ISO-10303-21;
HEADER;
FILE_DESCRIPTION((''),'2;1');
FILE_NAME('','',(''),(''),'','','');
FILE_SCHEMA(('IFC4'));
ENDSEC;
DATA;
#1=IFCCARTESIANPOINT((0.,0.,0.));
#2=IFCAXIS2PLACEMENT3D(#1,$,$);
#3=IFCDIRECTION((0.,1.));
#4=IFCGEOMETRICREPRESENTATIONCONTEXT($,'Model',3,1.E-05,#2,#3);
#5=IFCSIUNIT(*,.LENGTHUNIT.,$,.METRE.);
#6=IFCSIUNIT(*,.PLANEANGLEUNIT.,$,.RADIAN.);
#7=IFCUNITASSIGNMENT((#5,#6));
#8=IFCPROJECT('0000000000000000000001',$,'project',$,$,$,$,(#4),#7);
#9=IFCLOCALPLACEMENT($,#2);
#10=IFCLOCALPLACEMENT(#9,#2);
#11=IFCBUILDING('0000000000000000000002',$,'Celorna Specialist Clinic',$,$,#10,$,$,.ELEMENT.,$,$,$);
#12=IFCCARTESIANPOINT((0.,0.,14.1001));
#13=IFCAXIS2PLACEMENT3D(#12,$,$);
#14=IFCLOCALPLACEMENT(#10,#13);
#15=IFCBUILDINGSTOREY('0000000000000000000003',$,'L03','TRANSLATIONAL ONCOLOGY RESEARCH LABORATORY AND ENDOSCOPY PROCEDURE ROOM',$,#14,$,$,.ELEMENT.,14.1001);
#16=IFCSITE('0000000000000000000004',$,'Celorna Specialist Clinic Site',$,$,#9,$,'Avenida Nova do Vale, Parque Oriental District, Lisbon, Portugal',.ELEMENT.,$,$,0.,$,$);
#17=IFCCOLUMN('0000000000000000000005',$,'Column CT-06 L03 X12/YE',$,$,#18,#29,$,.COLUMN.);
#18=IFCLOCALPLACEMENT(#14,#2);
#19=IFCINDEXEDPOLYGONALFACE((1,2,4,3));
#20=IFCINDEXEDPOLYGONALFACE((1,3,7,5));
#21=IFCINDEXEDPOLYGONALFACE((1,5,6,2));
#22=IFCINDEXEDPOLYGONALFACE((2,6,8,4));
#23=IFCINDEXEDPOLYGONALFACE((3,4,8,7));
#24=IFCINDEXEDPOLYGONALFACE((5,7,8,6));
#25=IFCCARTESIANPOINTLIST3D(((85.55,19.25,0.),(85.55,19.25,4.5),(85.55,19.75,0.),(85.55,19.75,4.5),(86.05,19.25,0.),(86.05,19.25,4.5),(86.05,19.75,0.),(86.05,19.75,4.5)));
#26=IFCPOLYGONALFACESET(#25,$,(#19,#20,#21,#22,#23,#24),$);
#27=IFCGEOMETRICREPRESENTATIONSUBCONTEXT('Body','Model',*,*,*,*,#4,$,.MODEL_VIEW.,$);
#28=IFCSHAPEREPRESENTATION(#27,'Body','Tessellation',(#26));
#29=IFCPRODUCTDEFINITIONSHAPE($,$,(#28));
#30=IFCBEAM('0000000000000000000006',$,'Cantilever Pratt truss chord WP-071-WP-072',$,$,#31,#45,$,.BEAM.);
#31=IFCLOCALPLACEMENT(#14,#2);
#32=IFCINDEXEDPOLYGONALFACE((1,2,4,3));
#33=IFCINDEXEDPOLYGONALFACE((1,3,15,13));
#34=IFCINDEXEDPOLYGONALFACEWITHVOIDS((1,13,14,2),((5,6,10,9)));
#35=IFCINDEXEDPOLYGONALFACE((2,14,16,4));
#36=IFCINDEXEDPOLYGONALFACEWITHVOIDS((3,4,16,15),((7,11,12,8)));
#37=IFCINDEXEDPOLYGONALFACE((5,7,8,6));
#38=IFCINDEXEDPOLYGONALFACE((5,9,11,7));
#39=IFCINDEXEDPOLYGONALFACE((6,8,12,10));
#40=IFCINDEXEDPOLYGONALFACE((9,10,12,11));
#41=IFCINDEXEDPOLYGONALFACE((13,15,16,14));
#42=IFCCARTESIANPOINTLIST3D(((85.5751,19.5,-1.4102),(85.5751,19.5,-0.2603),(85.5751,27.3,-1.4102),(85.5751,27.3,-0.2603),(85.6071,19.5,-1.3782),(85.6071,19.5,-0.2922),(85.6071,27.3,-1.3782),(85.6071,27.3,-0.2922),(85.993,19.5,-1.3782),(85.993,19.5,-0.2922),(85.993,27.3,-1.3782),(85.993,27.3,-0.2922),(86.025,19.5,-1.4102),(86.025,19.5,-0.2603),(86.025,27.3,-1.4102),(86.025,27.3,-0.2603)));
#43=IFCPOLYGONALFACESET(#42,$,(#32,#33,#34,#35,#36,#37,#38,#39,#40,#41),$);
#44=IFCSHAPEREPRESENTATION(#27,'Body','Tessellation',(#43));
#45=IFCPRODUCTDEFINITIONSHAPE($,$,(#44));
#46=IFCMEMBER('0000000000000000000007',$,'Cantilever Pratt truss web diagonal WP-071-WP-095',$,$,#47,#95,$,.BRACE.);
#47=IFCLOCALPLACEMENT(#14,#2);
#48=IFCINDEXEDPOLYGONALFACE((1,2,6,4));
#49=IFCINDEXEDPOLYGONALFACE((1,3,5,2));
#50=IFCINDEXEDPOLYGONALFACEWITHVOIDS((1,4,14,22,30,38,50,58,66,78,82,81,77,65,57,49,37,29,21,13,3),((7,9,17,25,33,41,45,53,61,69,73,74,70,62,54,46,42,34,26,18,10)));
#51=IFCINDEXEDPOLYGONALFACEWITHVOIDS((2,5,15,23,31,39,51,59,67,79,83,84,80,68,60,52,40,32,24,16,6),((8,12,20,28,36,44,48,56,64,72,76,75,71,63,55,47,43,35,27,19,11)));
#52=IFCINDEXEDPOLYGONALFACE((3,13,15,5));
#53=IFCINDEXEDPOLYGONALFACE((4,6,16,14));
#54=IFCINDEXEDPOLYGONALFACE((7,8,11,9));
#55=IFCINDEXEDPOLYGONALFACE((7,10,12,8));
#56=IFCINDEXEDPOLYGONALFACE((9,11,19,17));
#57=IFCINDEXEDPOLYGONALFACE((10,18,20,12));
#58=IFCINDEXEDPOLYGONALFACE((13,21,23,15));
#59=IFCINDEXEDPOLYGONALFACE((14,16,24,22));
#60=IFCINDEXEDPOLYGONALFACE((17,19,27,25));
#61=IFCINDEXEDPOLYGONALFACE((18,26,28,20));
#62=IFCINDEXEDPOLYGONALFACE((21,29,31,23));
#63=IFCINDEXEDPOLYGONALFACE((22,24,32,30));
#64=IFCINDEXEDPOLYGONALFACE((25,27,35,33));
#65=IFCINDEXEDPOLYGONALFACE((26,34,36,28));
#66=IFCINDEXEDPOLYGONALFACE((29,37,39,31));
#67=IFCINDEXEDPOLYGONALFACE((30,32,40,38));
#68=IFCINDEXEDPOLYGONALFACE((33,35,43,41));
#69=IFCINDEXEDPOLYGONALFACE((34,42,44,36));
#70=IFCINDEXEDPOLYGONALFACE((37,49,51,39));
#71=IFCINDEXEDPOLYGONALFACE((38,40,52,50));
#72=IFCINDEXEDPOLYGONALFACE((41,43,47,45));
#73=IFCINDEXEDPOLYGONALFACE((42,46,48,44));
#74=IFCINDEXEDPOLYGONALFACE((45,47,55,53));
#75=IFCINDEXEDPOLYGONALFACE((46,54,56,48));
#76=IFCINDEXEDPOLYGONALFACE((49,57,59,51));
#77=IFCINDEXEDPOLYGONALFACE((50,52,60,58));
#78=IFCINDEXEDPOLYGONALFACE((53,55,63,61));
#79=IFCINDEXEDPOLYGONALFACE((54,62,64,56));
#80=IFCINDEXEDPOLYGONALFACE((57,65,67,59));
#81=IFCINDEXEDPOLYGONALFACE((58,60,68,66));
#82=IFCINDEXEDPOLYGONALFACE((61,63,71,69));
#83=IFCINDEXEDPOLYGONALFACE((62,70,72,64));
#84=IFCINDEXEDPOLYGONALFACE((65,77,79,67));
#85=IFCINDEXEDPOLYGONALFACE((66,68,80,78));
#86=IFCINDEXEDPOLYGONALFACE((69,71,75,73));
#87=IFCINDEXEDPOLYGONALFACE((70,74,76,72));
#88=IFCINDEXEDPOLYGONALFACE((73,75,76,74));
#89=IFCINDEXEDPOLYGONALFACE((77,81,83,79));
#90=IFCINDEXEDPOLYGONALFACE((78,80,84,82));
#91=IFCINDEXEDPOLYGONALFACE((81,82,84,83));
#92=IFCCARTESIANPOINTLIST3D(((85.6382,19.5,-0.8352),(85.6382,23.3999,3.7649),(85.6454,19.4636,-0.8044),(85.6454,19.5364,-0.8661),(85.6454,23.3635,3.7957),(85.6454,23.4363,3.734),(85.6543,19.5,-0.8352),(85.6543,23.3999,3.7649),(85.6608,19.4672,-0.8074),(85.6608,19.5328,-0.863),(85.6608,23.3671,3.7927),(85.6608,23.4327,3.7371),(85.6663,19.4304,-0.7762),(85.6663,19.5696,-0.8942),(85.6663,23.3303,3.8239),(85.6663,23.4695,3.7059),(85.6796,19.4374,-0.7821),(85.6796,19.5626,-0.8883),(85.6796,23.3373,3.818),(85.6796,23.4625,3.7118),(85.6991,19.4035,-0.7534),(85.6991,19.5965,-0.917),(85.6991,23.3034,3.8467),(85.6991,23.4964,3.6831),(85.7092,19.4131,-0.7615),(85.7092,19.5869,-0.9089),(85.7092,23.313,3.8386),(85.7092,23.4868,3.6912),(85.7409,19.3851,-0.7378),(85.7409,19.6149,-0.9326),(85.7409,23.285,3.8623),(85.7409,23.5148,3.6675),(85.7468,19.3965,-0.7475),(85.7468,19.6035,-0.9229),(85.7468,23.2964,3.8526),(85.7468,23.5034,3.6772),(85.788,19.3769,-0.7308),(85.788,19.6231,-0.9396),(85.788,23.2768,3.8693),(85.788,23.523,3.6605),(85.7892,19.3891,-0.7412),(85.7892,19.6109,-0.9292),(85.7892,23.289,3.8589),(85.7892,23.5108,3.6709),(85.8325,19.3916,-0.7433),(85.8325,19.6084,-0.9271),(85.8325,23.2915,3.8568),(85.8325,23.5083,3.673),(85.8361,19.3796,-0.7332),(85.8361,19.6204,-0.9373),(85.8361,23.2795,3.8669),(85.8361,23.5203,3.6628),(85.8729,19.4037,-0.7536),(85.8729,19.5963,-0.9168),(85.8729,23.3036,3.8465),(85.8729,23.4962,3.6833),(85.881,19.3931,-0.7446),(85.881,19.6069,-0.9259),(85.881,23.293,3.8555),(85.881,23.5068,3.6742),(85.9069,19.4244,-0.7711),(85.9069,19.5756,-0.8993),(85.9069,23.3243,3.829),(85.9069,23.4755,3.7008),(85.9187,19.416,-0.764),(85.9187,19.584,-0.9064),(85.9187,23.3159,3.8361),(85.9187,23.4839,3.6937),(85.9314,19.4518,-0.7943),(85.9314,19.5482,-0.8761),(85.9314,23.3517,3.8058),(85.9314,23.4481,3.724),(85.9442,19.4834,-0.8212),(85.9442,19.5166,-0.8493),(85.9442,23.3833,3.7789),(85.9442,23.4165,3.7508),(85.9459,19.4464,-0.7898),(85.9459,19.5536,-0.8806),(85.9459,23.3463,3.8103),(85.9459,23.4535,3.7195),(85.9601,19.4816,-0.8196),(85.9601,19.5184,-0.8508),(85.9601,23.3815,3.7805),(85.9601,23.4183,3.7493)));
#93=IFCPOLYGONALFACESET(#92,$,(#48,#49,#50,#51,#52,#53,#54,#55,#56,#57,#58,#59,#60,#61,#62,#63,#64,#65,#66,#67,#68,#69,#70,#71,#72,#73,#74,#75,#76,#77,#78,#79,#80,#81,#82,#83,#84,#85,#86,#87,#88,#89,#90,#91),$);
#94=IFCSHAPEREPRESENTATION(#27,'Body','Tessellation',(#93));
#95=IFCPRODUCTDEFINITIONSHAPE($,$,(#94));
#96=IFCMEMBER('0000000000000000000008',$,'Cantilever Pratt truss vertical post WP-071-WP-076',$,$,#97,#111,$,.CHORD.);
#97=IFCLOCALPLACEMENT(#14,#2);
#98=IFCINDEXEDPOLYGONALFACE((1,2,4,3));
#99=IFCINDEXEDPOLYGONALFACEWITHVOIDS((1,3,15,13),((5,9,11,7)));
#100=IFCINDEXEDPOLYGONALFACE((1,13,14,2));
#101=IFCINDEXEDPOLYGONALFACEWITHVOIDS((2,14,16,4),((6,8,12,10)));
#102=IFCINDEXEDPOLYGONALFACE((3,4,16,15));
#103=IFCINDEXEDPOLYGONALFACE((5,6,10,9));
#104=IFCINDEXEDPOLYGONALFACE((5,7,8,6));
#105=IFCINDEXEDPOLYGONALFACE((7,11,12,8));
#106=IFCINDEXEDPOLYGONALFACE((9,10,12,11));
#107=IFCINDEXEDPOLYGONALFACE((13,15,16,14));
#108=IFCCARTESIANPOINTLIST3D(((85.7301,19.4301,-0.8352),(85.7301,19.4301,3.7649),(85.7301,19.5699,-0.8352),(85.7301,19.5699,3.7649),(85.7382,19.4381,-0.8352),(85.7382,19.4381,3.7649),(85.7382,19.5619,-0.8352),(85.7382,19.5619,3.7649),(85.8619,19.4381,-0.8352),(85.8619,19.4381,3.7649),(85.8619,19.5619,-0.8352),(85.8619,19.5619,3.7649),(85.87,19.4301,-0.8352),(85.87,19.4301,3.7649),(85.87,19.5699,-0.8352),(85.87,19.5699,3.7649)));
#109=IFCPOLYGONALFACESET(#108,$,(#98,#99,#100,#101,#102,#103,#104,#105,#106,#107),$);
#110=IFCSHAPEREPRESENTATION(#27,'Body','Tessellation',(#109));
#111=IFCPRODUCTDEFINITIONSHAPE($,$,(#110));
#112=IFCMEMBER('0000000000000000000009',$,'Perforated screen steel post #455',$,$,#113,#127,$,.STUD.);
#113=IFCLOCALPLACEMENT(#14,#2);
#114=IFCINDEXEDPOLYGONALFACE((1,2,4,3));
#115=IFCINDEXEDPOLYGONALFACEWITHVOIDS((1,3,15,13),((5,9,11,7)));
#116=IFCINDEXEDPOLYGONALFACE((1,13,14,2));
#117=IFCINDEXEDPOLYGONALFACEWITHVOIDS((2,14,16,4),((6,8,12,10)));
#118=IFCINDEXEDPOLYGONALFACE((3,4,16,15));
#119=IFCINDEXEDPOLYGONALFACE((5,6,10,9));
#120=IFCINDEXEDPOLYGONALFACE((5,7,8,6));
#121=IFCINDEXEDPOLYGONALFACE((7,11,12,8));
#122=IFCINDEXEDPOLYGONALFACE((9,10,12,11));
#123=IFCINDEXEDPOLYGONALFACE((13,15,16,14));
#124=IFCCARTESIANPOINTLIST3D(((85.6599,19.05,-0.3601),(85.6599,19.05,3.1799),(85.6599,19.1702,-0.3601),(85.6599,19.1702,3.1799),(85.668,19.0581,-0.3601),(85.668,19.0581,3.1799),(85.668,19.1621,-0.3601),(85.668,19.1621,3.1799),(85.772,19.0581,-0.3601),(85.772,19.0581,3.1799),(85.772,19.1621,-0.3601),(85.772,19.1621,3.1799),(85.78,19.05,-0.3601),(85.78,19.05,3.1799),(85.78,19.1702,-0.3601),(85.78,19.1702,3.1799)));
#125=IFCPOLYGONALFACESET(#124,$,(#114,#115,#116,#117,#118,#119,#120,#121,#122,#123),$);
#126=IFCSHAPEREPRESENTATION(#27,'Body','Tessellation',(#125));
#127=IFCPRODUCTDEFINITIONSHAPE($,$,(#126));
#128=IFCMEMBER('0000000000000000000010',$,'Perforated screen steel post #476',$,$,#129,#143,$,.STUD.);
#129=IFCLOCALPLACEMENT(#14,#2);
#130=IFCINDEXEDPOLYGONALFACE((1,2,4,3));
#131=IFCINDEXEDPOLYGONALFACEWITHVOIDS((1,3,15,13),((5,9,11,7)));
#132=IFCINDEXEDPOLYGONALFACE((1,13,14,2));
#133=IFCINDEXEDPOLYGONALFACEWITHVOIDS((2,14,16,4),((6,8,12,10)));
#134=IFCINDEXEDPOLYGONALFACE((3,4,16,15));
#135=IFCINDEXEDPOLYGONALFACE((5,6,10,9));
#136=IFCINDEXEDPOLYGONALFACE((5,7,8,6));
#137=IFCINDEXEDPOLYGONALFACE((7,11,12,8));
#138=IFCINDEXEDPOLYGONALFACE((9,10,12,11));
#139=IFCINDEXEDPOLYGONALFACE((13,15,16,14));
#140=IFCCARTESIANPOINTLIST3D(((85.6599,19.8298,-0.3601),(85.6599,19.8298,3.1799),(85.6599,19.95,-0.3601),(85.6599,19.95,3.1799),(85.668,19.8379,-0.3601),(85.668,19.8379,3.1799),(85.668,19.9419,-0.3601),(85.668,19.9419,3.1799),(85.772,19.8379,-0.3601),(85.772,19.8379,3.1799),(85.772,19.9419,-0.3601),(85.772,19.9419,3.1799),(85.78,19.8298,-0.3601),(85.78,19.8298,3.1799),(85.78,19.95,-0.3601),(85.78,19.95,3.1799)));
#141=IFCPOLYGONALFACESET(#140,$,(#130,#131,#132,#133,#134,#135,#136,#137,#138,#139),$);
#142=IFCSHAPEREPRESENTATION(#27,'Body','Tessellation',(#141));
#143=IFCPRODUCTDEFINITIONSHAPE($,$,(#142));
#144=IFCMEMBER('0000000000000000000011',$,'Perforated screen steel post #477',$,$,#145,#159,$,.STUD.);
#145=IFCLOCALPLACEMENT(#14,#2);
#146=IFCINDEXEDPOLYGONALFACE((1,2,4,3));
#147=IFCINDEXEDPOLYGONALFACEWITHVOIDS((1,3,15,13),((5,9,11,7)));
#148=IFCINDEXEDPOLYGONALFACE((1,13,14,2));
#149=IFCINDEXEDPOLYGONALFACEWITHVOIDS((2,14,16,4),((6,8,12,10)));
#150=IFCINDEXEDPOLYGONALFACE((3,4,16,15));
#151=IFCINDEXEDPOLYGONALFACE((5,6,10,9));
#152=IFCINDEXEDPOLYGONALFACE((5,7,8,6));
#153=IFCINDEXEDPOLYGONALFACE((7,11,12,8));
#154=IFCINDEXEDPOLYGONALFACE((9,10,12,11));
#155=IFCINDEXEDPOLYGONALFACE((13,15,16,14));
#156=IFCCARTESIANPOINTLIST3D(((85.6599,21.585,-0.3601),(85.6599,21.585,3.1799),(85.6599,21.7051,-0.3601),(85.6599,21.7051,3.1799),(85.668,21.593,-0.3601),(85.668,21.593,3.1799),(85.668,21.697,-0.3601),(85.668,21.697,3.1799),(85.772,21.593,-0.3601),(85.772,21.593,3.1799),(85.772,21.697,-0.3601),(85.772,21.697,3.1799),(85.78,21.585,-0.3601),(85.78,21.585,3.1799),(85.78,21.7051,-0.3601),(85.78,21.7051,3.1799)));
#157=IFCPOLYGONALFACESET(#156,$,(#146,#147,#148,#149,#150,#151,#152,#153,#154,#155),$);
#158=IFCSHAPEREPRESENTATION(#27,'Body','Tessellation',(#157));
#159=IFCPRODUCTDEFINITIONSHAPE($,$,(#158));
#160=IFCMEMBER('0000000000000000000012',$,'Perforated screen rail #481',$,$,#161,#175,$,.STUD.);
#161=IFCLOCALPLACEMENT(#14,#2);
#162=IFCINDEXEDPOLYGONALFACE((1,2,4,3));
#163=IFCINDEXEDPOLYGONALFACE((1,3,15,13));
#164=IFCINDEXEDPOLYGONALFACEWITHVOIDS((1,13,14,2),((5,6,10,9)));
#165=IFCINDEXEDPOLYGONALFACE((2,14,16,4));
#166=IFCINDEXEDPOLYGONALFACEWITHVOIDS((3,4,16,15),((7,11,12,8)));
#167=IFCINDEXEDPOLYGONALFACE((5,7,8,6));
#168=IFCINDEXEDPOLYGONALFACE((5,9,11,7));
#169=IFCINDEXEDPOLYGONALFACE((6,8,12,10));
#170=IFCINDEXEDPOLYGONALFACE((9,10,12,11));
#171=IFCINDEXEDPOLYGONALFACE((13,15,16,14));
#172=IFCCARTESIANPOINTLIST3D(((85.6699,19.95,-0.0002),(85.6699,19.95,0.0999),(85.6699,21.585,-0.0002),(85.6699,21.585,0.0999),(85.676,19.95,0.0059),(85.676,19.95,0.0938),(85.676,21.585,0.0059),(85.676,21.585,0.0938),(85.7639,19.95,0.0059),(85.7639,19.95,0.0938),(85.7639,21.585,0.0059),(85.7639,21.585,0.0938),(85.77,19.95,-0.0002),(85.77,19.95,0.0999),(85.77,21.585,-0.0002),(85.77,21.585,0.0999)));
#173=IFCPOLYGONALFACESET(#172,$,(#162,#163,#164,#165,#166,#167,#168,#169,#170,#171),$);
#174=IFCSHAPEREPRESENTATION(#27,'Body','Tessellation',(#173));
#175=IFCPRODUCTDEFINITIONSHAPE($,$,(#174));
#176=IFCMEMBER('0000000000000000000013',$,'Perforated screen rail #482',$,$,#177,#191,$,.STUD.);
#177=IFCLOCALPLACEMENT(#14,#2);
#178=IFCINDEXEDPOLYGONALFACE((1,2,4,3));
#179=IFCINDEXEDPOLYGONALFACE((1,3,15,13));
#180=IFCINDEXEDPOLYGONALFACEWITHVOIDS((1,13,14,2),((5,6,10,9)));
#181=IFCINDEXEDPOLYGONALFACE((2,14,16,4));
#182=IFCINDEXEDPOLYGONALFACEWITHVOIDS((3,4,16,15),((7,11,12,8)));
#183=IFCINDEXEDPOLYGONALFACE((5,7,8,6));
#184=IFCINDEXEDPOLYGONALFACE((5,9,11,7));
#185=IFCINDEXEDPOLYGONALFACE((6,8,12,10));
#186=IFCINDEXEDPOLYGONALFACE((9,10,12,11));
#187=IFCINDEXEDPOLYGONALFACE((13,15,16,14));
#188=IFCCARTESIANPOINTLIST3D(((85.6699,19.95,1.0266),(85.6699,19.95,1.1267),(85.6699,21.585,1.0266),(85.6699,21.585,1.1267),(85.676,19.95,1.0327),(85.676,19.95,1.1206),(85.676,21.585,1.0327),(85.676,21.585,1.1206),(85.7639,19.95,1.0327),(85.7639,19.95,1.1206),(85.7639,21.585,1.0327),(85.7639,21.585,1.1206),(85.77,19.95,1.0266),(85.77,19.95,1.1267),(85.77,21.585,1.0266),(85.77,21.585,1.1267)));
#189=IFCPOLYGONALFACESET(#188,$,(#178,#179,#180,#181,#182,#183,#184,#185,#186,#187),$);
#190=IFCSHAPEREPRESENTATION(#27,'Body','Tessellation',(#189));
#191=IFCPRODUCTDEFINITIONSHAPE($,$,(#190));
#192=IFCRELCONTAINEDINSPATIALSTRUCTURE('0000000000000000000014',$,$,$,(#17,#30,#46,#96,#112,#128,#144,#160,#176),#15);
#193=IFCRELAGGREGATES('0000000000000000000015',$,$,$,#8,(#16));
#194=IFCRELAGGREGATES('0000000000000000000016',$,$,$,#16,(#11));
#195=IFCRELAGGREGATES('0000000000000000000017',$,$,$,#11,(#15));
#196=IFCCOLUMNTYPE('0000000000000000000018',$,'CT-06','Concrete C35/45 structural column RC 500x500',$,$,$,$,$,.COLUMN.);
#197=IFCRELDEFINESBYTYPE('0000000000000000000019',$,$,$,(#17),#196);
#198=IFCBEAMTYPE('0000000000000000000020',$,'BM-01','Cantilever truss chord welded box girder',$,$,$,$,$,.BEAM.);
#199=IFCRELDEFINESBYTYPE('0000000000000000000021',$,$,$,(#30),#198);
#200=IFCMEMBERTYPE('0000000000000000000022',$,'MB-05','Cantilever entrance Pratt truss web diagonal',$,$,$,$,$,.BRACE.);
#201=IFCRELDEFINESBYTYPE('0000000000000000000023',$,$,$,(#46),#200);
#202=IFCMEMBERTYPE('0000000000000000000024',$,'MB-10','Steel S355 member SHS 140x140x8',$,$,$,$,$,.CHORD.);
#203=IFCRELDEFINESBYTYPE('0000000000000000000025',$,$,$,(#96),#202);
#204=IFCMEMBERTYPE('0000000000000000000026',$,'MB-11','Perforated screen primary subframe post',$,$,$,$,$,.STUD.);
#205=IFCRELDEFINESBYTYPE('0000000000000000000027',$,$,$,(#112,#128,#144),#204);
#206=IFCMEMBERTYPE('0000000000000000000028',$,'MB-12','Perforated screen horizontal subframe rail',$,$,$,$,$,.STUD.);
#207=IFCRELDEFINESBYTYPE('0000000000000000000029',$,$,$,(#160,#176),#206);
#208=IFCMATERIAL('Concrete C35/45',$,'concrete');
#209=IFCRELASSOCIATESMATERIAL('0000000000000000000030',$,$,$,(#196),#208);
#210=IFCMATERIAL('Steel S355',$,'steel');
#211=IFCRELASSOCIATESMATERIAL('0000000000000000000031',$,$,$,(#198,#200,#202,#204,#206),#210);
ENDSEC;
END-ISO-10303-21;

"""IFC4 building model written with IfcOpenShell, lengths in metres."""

from ifc_helpers import new_model, si_unit, direction, frame, origin, origin_2d, place, context, subcontext, project, spatial, rectangle, hollow_rectangle, hollow_circle, extrude, material, material_profile, profile_set, type_object, element, save


model = new_model("IFC4")

# Units and contexts
model_context = context("Model", 3, precision=1e-05, world=origin(), true_north=direction((0.0, 1.0)))
body_context = subcontext(model_context, "Body", "Model", "MODEL_VIEW")
ifc_project = project(units=[si_unit("LENGTHUNIT", "METRE"), si_unit("PLANEANGLEUNIT", "RADIAN")], contexts=[model_context])

# Site, building, storey
site_placement = place(None, origin())
site = spatial("IfcSite", under=ifc_project, at=site_placement, Name="Celorna Specialist Clinic Site", LongName="Avenida Nova do Vale, Parque Oriental District, Lisbon, Portugal", CompositionType="ELEMENT", RefElevation=0.0)
building_placement = place(site_placement, origin())
building = spatial("IfcBuilding", under=site, at=building_placement, Name="Celorna Specialist Clinic", CompositionType="ELEMENT")
storey_placement = place(building_placement, frame((0.0, 0.0, 14.1001)))
storey = spatial("IfcBuildingStorey", under=building, at=storey_placement, Name="L03", Description="TRANSLATIONAL ONCOLOGY RESEARCH LABORATORY AND ENDOSCOPY PROCEDURE ROOM", CompositionType="ELEMENT", Elevation=14.1001)

# Column
ifc_material_1 = material(Name="Concrete C35/45", Category="concrete")
ifc_material_profile_1 = material_profile(ifc_material_1, rectangle(XDim=0.5, YDim=0.5, at=origin_2d()), Name="RC 500x500")
ifc_profile_set_1 = profile_set([ifc_material_profile_1], Name="Concrete C35/45")
column_type = type_object("IfcColumnType", Name="CT-06", Description="Concrete C35/45 structural column RC 500x500", PredefinedType="COLUMN", material=ifc_profile_set_1)
column_placement = place(storey_placement, frame((85.8, 19.5, 0.0), z_axis=(0.0, 0.0, 1.0), x_axis=(1.0, 0.0, 0.0)))
element("IfcColumn", 1, at=column_placement, inside=storey, type_object=column_type, Name="Column CT-06 L03 X12/YE", PredefinedType="COLUMN", context=body_context, shape_type="SweptSolid", body=[
    extrude(rectangle(XDim=0.5, YDim=0.5, at=origin_2d()), origin(), (0.0, 0.0, 1.0), 4.5),
])

# Beam
ifc_material_2 = material(Name="Steel S355", Category="steel")
ifc_material_profile_2 = material_profile(ifc_material_2, hollow_rectangle(XDim=0.45, YDim=1.1499, WallThickness=0.032, at=origin_2d()), Name="BOX 450x1150x32")
ifc_profile_set_2 = profile_set([ifc_material_profile_2], Name="Steel S355")
beam_type = type_object("IfcBeamType", Name="BM-01", Description="Cantilever truss chord welded box girder", PredefinedType="BEAM", material=ifc_profile_set_2)
beam_placement = place(storey_placement, frame((85.8, 19.5, -0.8352), z_axis=(0.0, 1.0, 0.0), x_axis=(-1.0, 0.0, 0.0)))
element("IfcBeam", 2, at=beam_placement, inside=storey, type_object=beam_type, Name="Cantilever Pratt truss chord WP-071-WP-072", PredefinedType="BEAM", context=body_context, shape_type="SweptSolid", body=[
    extrude(hollow_rectangle(XDim=0.45, YDim=1.1499, WallThickness=0.032, at=origin_2d()), origin(), (0.0, 0.0, 1.0), 7.8),
])

# Members
ifc_material_profile_3 = material_profile(ifc_material_2, hollow_circle(Radius=0.1619, WallThickness=0.0161, at=origin_2d()), Name="CHS 323.9x16")
ifc_profile_set_3 = profile_set([ifc_material_profile_3], Name="Steel S355")
member_type_1 = type_object("IfcMemberType", Name="MB-05", Description="Cantilever entrance Pratt truss web diagonal", PredefinedType="BRACE", material=ifc_profile_set_3)
member_1_placement = place(storey_placement, frame((85.8, 19.5, -0.8352), z_axis=(0.0, 0.646668, 0.762772), x_axis=(-1.0, 0.0, 0.0)))
element("IfcMember", 3, at=member_1_placement, inside=storey, type_object=member_type_1, Name="Cantilever Pratt truss web diagonal WP-071-WP-095", PredefinedType="BRACE", context=body_context, shape_type="SweptSolid", body=[
    extrude(hollow_circle(Radius=0.1619, WallThickness=0.0161, at=origin_2d()), origin(), (0.0, 0.0, 1.0), 6.0308),
])
ifc_material_profile_4 = material_profile(ifc_material_2, hollow_rectangle(XDim=0.1399, YDim=0.1399, WallThickness=0.0081, at=origin_2d()), Name="SHS 140x140x8")
ifc_profile_set_4 = profile_set([ifc_material_profile_4], Name="Steel S355")
member_type_2 = type_object("IfcMemberType", Name="MB-10", Description="Steel S355 member SHS 140x140x8", PredefinedType="CHORD", material=ifc_profile_set_4)
member_2_placement = place(storey_placement, frame((85.8, 19.5, -0.8352), z_axis=(0.0, 0.0, 1.0), x_axis=(1.0, 0.0, 0.0)))
element("IfcMember", 4, at=member_2_placement, inside=storey, type_object=member_type_2, Name="Cantilever Pratt truss vertical post WP-071-WP-076", PredefinedType="CHORD", context=body_context, shape_type="SweptSolid", body=[
    extrude(hollow_rectangle(XDim=0.1399, YDim=0.1399, WallThickness=0.0081, at=origin_2d()), origin(), (0.0, 0.0, 1.0), 4.6001),
])
ifc_material_profile_5 = material_profile(ifc_material_2, hollow_rectangle(XDim=0.1201, YDim=0.1201, WallThickness=0.0081, at=origin_2d()), Name="SHS 120x120x8")
ifc_profile_set_5 = profile_set([ifc_material_profile_5], Name="Steel S355")
member_type_3 = type_object("IfcMemberType", Name="MB-11", Description="Perforated screen primary subframe post", PredefinedType="STUD", material=ifc_profile_set_5)
for number, where, z_axis, x_axis, name in (
    (5, (85.72, 19.1101, -0.3601), (0.0, 0.0, 1.0), (1.0, 0.0, 0.0), "Perforated screen steel post #455"),
    (6, (85.72, 19.8899, -0.3601), (0.0, 0.0, 1.0), (1.0, 0.0, 0.0), "Perforated screen steel post #476"),
    (7, (85.72, 21.645, -0.3601), (0.0, 0.0, 1.0), (1.0, 0.0, 0.0), "Perforated screen steel post #477"),
):
    element("IfcMember", number, at=place(storey_placement, frame(where, z_axis=z_axis, x_axis=x_axis)), inside=storey, type_object=member_type_3, Name=name, PredefinedType="STUD", context=body_context, shape_type="SweptSolid", body=[
        extrude(hollow_rectangle(XDim=0.1201, YDim=0.1201, WallThickness=0.0081, at=origin_2d()), origin(), (0.0, 0.0, 1.0), 3.54),
    ])
ifc_material_profile_6 = material_profile(ifc_material_2, hollow_rectangle(XDim=0.1001, YDim=0.1001, WallThickness=0.0061, at=origin_2d()), Name="SHS 100x100x6")
ifc_profile_set_6 = profile_set([ifc_material_profile_6], Name="Steel S355")
member_type_4 = type_object("IfcMemberType", Name="MB-12", Description="Perforated screen horizontal subframe rail", PredefinedType="STUD", material=ifc_profile_set_6)
for number, where, z_axis, x_axis, name in (
    (8, (85.72, 19.95, 0.0498), (0.0, 1.0, 0.0), (-1.0, 0.0, 0.0), "Perforated screen rail #481"),
    (9, (85.72, 19.95, 1.0767), (0.0, 1.0, 0.0), (-1.0, 0.0, 0.0), "Perforated screen rail #482"),
):
    element("IfcMember", number, at=place(storey_placement, frame(where, z_axis=z_axis, x_axis=x_axis)), inside=storey, type_object=member_type_4, Name=name, PredefinedType="STUD", context=body_context, shape_type="SweptSolid", body=[
        extrude(hollow_rectangle(XDim=0.1001, YDim=0.1001, WallThickness=0.0061, at=origin_2d()), origin(), (0.0, 0.0, 1.0), 1.635),
    ])

save(model, "model.ifc")
